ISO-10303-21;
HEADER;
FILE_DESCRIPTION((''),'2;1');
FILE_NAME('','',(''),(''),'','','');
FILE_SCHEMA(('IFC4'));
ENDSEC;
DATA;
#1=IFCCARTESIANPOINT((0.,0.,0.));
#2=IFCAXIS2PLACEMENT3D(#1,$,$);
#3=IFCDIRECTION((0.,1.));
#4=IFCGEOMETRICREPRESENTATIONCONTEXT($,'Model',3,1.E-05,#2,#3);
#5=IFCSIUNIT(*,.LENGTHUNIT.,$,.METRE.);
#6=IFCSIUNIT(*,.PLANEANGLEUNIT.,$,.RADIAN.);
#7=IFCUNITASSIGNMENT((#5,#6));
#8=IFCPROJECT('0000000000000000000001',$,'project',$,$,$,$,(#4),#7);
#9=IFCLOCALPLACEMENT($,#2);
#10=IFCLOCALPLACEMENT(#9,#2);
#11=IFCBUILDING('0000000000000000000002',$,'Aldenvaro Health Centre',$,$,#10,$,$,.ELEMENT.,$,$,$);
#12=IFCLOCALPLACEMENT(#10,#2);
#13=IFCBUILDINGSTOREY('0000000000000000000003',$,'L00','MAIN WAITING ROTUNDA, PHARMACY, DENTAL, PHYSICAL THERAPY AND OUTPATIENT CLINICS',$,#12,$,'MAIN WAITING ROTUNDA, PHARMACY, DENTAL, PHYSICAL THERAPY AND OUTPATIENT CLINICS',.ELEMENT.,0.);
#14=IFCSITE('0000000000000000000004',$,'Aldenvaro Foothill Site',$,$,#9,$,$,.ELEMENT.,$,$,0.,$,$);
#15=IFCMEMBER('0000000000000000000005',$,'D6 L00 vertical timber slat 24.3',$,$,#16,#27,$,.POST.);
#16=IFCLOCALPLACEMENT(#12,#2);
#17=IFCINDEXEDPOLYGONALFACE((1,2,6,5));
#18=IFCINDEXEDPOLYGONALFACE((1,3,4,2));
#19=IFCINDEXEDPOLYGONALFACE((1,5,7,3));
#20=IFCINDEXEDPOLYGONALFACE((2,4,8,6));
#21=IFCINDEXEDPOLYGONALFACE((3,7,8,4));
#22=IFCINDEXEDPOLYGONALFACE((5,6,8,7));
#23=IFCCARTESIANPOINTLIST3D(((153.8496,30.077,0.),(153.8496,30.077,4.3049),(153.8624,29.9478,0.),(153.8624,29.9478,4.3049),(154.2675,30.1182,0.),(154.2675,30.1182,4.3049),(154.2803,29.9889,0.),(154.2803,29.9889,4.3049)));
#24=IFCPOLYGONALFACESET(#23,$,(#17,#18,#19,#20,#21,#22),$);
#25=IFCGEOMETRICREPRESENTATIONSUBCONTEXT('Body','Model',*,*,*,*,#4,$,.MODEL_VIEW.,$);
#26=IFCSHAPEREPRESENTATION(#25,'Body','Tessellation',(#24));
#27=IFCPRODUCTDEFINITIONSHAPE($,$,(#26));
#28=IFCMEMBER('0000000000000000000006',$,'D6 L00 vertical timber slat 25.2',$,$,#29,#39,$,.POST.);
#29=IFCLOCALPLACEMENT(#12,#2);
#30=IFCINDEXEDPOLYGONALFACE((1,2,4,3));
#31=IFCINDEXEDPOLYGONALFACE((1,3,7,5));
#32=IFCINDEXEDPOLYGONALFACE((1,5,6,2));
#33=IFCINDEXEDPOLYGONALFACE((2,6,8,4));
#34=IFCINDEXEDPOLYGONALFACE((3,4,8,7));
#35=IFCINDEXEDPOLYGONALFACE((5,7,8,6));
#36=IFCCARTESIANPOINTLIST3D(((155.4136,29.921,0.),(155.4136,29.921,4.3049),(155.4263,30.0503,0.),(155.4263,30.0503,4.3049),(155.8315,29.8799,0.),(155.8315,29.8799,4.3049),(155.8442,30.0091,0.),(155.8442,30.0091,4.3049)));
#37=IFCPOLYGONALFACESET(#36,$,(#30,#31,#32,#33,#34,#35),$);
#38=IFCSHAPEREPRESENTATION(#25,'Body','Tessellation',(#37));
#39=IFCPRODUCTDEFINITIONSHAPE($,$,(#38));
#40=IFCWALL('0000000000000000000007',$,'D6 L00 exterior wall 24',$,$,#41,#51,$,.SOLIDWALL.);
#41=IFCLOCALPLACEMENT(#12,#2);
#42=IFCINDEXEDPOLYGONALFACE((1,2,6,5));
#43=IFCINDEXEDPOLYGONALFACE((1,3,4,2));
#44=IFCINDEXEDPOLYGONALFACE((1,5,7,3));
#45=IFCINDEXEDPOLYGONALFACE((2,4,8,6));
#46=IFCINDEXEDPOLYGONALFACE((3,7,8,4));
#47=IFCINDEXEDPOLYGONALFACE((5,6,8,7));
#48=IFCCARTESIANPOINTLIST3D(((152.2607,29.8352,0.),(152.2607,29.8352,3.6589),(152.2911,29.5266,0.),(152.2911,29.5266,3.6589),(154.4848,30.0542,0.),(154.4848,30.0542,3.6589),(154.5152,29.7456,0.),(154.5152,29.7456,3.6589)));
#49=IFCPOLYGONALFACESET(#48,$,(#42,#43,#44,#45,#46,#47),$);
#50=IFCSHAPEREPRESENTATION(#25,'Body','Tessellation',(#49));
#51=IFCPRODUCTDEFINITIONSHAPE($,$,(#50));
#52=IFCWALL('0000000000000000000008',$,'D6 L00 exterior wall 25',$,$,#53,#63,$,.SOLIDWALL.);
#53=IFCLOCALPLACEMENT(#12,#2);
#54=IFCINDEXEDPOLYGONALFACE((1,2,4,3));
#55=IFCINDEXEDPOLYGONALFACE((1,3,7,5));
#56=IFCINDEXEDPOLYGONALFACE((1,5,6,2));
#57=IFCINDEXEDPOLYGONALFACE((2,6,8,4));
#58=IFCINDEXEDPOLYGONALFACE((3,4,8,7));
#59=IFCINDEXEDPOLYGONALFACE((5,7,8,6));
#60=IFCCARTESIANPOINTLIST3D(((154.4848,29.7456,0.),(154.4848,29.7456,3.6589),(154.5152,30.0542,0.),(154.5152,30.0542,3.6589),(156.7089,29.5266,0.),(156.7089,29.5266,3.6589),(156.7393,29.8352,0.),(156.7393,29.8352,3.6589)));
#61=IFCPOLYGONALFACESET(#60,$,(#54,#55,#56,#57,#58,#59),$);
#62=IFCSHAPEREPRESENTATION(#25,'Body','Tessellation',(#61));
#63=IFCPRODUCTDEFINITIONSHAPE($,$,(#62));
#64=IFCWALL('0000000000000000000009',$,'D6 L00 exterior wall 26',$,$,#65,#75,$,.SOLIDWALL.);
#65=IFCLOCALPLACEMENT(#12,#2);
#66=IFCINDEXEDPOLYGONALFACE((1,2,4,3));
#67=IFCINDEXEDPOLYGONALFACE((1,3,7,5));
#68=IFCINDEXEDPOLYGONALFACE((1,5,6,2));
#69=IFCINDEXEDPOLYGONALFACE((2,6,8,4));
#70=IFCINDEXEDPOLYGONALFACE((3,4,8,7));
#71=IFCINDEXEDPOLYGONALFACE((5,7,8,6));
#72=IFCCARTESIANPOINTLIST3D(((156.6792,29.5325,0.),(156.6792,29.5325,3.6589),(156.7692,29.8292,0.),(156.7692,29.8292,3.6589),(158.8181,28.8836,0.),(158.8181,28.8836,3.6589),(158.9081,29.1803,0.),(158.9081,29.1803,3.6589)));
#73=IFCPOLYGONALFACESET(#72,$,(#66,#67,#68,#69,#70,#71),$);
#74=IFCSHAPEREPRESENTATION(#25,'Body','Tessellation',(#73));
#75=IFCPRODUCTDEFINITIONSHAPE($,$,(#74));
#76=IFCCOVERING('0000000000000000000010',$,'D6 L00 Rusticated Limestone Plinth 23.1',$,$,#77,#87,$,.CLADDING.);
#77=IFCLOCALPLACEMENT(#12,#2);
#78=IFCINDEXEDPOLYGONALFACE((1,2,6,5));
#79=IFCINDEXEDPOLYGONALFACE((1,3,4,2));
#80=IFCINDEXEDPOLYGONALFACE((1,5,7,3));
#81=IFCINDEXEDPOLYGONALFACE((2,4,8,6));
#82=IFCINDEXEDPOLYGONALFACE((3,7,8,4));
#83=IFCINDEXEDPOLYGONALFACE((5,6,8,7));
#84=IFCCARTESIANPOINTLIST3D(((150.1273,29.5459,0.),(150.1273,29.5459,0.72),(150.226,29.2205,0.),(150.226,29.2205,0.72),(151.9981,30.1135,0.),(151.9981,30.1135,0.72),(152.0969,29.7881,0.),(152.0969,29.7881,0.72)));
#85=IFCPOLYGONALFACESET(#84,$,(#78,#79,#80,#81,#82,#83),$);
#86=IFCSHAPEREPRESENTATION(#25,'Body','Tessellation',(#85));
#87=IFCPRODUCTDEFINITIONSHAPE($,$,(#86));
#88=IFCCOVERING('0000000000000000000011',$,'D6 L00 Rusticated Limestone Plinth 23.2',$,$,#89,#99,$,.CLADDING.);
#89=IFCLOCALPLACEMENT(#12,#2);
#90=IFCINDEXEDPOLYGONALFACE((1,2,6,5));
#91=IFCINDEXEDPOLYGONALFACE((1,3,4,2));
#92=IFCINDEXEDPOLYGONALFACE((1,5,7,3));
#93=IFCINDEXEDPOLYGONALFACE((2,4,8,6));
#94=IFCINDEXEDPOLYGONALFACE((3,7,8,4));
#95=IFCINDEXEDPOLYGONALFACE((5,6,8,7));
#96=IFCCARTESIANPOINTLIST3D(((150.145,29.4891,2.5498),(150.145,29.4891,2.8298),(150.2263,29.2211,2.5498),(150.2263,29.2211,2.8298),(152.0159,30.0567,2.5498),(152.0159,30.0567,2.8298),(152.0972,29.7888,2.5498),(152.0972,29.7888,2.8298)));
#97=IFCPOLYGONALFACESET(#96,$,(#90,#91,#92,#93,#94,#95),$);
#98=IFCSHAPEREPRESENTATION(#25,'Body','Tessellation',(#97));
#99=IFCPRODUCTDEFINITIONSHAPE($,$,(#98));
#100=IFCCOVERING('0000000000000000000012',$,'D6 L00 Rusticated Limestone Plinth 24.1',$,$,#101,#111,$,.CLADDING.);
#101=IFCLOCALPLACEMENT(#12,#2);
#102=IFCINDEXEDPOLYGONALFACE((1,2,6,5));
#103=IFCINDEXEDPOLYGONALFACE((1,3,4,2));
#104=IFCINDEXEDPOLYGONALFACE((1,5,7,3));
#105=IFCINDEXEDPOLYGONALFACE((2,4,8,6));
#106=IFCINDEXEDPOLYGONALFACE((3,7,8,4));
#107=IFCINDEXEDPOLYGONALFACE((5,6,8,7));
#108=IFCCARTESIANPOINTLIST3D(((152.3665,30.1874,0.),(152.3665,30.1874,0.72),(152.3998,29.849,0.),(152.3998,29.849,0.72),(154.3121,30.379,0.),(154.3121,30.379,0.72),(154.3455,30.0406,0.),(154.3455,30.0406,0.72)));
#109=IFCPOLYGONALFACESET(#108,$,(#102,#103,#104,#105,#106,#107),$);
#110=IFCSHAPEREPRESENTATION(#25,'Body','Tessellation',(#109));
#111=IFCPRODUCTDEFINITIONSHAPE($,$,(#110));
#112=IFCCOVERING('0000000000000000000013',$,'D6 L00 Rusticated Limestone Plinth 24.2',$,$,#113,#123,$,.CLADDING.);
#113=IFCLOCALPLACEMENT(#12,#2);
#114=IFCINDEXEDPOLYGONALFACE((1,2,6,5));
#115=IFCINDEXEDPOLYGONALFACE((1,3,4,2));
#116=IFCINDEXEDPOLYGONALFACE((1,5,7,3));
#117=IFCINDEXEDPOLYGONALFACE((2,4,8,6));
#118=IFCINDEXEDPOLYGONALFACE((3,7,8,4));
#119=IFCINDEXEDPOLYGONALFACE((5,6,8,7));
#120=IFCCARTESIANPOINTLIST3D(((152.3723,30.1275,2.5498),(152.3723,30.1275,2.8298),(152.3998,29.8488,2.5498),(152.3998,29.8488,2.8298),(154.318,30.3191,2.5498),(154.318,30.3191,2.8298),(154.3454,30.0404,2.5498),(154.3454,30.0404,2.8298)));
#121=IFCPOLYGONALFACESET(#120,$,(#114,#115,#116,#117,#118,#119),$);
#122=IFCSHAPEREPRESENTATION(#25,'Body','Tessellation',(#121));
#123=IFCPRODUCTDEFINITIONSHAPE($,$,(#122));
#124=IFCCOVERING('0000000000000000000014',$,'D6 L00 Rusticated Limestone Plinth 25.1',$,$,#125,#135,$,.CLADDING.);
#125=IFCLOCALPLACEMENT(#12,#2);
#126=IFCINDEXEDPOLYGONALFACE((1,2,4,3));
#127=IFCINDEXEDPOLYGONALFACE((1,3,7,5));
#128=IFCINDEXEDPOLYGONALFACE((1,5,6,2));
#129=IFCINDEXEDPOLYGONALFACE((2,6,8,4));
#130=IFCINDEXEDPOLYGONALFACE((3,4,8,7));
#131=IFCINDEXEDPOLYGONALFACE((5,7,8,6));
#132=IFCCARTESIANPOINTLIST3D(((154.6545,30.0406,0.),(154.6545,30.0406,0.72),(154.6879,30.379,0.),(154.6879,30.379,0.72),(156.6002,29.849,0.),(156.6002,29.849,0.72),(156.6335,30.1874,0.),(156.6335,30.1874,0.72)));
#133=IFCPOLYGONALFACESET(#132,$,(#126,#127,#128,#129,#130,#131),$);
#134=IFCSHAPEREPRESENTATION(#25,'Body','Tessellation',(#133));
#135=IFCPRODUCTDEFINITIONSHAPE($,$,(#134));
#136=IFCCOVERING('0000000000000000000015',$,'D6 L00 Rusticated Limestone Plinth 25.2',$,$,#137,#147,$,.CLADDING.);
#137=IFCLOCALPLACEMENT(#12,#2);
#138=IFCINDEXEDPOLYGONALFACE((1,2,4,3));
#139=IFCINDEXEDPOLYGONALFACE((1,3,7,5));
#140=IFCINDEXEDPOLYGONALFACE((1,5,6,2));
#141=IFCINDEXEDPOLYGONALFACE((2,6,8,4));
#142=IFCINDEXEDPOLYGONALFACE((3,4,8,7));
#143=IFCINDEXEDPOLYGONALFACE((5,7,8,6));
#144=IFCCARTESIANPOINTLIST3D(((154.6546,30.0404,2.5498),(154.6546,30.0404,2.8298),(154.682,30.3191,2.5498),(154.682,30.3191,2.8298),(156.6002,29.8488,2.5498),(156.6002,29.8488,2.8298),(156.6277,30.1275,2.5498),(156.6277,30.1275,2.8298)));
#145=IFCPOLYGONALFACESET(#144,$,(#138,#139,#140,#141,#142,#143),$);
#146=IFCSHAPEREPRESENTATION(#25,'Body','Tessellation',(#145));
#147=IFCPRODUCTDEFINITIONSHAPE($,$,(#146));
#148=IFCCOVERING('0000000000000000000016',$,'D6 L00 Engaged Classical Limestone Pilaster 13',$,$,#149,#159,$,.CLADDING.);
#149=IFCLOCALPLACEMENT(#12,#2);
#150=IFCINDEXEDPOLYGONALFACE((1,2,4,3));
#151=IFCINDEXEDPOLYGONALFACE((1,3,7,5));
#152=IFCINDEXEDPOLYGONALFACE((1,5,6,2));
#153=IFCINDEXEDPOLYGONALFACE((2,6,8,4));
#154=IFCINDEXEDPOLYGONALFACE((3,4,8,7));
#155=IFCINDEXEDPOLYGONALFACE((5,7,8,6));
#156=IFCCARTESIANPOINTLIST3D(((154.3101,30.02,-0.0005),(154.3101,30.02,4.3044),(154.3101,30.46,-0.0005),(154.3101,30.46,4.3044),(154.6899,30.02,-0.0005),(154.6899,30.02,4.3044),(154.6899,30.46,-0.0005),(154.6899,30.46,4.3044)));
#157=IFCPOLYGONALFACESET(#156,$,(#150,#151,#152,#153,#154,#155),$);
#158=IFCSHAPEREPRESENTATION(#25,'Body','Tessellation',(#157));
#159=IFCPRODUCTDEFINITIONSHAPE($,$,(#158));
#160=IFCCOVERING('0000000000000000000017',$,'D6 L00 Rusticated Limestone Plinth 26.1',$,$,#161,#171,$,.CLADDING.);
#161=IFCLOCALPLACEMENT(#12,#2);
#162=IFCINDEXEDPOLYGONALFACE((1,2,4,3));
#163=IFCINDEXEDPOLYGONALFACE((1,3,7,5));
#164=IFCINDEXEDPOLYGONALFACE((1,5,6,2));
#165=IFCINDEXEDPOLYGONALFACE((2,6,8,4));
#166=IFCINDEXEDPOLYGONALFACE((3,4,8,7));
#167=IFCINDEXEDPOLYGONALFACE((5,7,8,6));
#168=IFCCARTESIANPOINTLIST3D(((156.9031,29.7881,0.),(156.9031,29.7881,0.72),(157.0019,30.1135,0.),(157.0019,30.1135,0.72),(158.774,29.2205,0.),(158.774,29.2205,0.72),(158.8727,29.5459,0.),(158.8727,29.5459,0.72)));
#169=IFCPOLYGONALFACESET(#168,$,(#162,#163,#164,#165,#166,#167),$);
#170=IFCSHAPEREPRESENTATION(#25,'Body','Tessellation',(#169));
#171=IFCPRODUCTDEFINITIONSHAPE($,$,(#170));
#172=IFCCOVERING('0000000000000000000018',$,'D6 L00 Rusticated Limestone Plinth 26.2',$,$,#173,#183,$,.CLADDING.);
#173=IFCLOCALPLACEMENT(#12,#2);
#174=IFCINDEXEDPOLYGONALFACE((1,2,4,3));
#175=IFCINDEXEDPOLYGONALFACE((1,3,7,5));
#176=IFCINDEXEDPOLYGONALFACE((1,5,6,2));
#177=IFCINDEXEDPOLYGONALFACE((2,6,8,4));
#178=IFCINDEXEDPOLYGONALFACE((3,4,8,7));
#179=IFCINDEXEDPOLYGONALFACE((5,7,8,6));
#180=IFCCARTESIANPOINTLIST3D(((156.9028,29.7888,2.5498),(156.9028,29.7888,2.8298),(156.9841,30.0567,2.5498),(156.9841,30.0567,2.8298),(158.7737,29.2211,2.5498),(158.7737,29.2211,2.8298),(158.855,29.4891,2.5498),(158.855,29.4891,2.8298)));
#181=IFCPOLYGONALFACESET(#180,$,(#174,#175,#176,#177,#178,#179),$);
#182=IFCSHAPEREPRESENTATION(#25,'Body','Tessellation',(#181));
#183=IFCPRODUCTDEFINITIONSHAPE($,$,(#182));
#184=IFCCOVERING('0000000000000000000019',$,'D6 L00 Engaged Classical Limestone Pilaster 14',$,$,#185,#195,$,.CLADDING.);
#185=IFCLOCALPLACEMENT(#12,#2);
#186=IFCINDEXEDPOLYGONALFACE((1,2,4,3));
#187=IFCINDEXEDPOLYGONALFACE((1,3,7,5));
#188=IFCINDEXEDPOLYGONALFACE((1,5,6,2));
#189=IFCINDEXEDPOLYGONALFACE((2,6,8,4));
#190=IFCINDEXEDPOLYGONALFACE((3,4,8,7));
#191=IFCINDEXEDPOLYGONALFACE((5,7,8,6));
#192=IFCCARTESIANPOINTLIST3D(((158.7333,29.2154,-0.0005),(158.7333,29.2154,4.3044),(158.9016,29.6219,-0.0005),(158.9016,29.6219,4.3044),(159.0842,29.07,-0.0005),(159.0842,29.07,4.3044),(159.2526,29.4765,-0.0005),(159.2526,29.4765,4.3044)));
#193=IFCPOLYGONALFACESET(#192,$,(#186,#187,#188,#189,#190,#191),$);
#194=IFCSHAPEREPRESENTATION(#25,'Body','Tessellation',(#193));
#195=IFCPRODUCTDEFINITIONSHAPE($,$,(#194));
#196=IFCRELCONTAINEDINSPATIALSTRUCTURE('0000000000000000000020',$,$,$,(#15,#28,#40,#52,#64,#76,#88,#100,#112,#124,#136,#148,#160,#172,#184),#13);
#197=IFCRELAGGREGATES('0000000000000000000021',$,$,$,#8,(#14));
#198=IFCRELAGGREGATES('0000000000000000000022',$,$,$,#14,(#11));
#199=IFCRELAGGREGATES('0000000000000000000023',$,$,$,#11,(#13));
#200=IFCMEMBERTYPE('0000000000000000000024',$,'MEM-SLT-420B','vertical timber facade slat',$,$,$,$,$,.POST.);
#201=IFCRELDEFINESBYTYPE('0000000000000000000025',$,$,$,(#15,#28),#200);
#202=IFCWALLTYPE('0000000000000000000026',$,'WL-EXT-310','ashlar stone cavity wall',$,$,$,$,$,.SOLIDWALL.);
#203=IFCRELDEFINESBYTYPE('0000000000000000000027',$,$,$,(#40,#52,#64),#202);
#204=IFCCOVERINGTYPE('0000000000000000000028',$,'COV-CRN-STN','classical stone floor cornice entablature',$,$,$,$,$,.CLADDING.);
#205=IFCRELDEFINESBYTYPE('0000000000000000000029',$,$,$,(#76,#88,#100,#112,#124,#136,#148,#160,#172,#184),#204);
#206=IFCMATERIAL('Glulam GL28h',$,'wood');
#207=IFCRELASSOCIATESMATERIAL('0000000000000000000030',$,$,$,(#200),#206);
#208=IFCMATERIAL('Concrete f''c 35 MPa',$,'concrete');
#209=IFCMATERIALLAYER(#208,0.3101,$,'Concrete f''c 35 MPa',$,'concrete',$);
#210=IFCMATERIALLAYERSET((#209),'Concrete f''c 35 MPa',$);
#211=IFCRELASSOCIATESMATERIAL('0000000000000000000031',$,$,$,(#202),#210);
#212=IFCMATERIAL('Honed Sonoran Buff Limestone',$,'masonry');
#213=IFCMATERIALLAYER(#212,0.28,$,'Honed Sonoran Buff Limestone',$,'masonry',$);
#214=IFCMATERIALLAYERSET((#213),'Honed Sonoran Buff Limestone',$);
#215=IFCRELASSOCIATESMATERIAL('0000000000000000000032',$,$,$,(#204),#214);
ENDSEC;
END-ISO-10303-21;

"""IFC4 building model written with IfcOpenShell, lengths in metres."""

from ifc_helpers import new_model, si_unit, direction, frame, frame_2d, origin, origin_2d, place, context, subcontext, project, spatial, rectangle, extrude, material, layer, layer_set, material_profile, profile_set, type_object, element, save


model = new_model("IFC4")

# Units and contexts
model_context = context("Model", 3, precision=1e-05, world=origin(), true_north=direction((0.0, 1.0)))
body_context = subcontext(model_context, "Body", "Model", "MODEL_VIEW")
ifc_project = project(units=[si_unit("LENGTHUNIT", "METRE"), si_unit("PLANEANGLEUNIT", "RADIAN")], contexts=[model_context])

# Site, building, storey
site_placement = place(None, origin())
site = spatial("IfcSite", under=ifc_project, at=site_placement, Name="Aldenvaro Foothill Site", CompositionType="ELEMENT", RefElevation=0.0)
building_placement = place(site_placement, origin())
building = spatial("IfcBuilding", under=site, at=building_placement, Name="Aldenvaro Health Centre", CompositionType="ELEMENT")
storey_placement = place(building_placement, origin())
storey = spatial("IfcBuildingStorey", under=building, at=storey_placement, Name="L00", Description="MAIN WAITING ROTUNDA, PHARMACY, DENTAL, PHYSICAL THERAPY AND OUTPATIENT CLINICS", LongName="MAIN WAITING ROTUNDA, PHARMACY, DENTAL, PHYSICAL THERAPY AND OUTPATIENT CLINICS", CompositionType="ELEMENT", Elevation=0.0)

# Shared definitions
ifc_material_1 = material(Name="Glulam GL28h", Category="wood")

# Members
ifc_material_profile_1 = material_profile(ifc_material_1, rectangle(XDim=0.1299, YDim=0.4199, at=origin_2d()), Name="GL 130x420", Category="wood")
ifc_profile_set_1 = profile_set([ifc_material_profile_1], Name="Glulam GL28h")
member_type_1 = type_object("IfcMemberType", Name="MEM-SLT-420B", Description="vertical timber facade slat", PredefinedType="POST", material=ifc_profile_set_1)
for number, where, z_axis, x_axis, name in (
    (1, (154.0649, 30.033, 0.0), (0.0, 0.0, 1.0), (-0.097997, 0.995187, 0.0), "D6 L00 vertical timber slat 24.3"),
    (2, (155.6289, 29.9651, 0.0), (0.0, 0.0, 1.0), (0.097997, 0.995187, 0.0), "D6 L00 vertical timber slat 25.2"),
):
    element("IfcMember", number, at=place(storey_placement, frame(where, z_axis=z_axis, x_axis=x_axis)), inside=storey, type_object=member_type_1, Name=name, PredefinedType="POST", context=body_context, shape_type="SweptSolid", body=[
        extrude(rectangle(XDim=0.1299, YDim=0.4199, at=origin_2d()), origin(), (0.0, 0.0, 1.0), 4.3049),
    ])

# Walls
ifc_material_2 = material(Name="Concrete f'c 35 MPa", Category="concrete")
ifc_layer_1 = layer(ifc_material_2, 0.3101, Name="Concrete f'c 35 MPa", Category="concrete")
ifc_layer_set_1 = layer_set([ifc_layer_1], Name="Concrete f'c 35 MPa")
wall_type = type_object("IfcWallType", Name="WL-EXT-310", Description="ashlar stone cavity wall", PredefinedType="SOLIDWALL", material=ifc_layer_set_1)
for number, where, z_axis, x_axis, name in (
    (3, (152.2759, 29.6809, 0.0), (0.0, 0.0, 1.0), (0.995187, 0.097989, 0.0), "D6 L00 exterior wall 24"),
    (4, (154.5, 29.8999, 0.0), (0.0, 0.0, 1.0), (0.995187, -0.097989, 0.0), "D6 L00 exterior wall 25"),
):
    element("IfcWall", number, at=place(storey_placement, frame(where, z_axis=z_axis, x_axis=x_axis)), inside=storey, type_object=wall_type, Name=name, PredefinedType="SOLIDWALL", context=body_context, shape_type="SweptSolid", body=[
        extrude(rectangle(XDim=2.2349, YDim=0.3101, at=frame_2d((1.1174, 0.0))), origin(), (0.0, 0.0, 1.0), 3.6589),
    ])
wall_placement = place(storey_placement, frame((156.7241, 29.6809, 0.0), z_axis=(0.0, 0.0, 1.0), x_axis=(0.956929, -0.290323, 0.0)))
element("IfcWall", 5, at=wall_placement, inside=storey, type_object=wall_type, Name="D6 L00 exterior wall 26", PredefinedType="SOLIDWALL", context=body_context, shape_type="SweptSolid", body=[
    extrude(rectangle(XDim=2.2351, YDim=0.3101, at=frame_2d((1.1177, 0.0))), origin(), (0.0, 0.0, 1.0), 3.6589),
])

# Coverings
ifc_material_3 = material(Name="Honed Sonoran Buff Limestone", Category="masonry")
ifc_layer_2 = layer(ifc_material_3, 0.28, Name="Honed Sonoran Buff Limestone", Category="masonry")
ifc_layer_set_2 = layer_set([ifc_layer_2], Name="Honed Sonoran Buff Limestone")
covering_type = type_object("IfcCoveringType", Name="COV-CRN-STN", Description="classical stone floor cornice entablature", PredefinedType="CLADDING", material=ifc_layer_set_2)
covering_1_placement = place(storey_placement, frame((151.1121, 29.667, 0.0), z_axis=(0.0, 0.0, 1.0), x_axis=(0.956923, 0.290343, 0.0)))
element("IfcCovering", 6, at=covering_1_placement, inside=storey, type_object=covering_type, Name="D6 L00 Rusticated Limestone Plinth 23.1", PredefinedType="CLADDING", context=body_context, shape_type="SweptSolid", body=[
    extrude(rectangle(XDim=1.9551, YDim=0.3401, at=origin_2d()), origin(), (0.0, 0.0, 1.0), 0.72),
])
covering_2_placement = place(storey_placement, frame((151.1211, 29.6389, 2.5498), z_axis=(0.0, 0.0, 1.0), x_axis=(0.956923, 0.290343, 0.0)))
element("IfcCovering", 7, at=covering_2_placement, inside=storey, type_object=covering_type, Name="D6 L00 Rusticated Limestone Plinth 23.2", PredefinedType="CLADDING", context=body_context, shape_type="SweptSolid", body=[
    extrude(rectangle(XDim=1.9551, YDim=0.28, at=origin_2d()), origin(), (0.0, 0.0, 1.0), 0.28),
])
covering_3_placement = place(storey_placement, frame((153.356, 30.114, 0.0), z_axis=(0.0, 0.0, 1.0), x_axis=(0.995187, 0.097997, 0.0)))
element("IfcCovering", 8, at=covering_3_placement, inside=storey, type_object=covering_type, Name="D6 L00 Rusticated Limestone Plinth 24.1", PredefinedType="CLADDING", context=body_context, shape_type="SweptSolid", body=[
    extrude(rectangle(XDim=1.9551, YDim=0.3401, at=origin_2d()), origin(), (0.0, 0.0, 1.0), 0.72),
])
covering_4_placement = place(storey_placement, frame((153.3589, 30.084, 2.5498), z_axis=(0.0, 0.0, 1.0), x_axis=(0.995187, 0.097997, 0.0)))
element("IfcCovering", 9, at=covering_4_placement, inside=storey, type_object=covering_type, Name="D6 L00 Rusticated Limestone Plinth 24.2", PredefinedType="CLADDING", context=body_context, shape_type="SweptSolid", body=[
    extrude(rectangle(XDim=1.9551, YDim=0.28, at=origin_2d()), origin(), (0.0, 0.0, 1.0), 0.28),
])
covering_5_placement = place(storey_placement, frame((155.644, 30.114, 0.0), z_axis=(0.0, 0.0, 1.0), x_axis=(0.995187, -0.097997, 0.0)))
element("IfcCovering", 10, at=covering_5_placement, inside=storey, type_object=covering_type, Name="D6 L00 Rusticated Limestone Plinth 25.1", PredefinedType="CLADDING", context=body_context, shape_type="SweptSolid", body=[
    extrude(rectangle(XDim=1.9551, YDim=0.3401, at=origin_2d()), origin(), (0.0, 0.0, 1.0), 0.72),
])
covering_6_placement = place(storey_placement, frame((155.6411, 30.084, 2.5498), z_axis=(0.0, 0.0, 1.0), x_axis=(0.995187, -0.097997, 0.0)))
element("IfcCovering", 11, at=covering_6_placement, inside=storey, type_object=covering_type, Name="D6 L00 Rusticated Limestone Plinth 25.2", PredefinedType="CLADDING", context=body_context, shape_type="SweptSolid", body=[
    extrude(rectangle(XDim=1.9551, YDim=0.28, at=origin_2d()), origin(), (0.0, 0.0, 1.0), 0.28),
])
covering_7_placement = place(storey_placement, frame((154.5, 30.24, -0.0005), z_axis=(0.0, 0.0, 1.0), x_axis=(0.0, 1.0, 0.0)))
element("IfcCovering", 12, at=covering_7_placement, inside=storey, type_object=covering_type, Name="D6 L00 Engaged Classical Limestone Pilaster 13", PredefinedType="CLADDING", context=body_context, shape_type="SweptSolid", body=[
    extrude(rectangle(XDim=0.4399, YDim=0.3799, at=origin_2d()), origin(), (0.0, 0.0, 1.0), 4.3049),
])
covering_8_placement = place(storey_placement, frame((157.8879, 29.667, 0.0), z_axis=(0.0, 0.0, 1.0), x_axis=(0.956923, -0.290343, 0.0)))
element("IfcCovering", 13, at=covering_8_placement, inside=storey, type_object=covering_type, Name="D6 L00 Rusticated Limestone Plinth 26.1", PredefinedType="CLADDING", context=body_context, shape_type="SweptSolid", body=[
    extrude(rectangle(XDim=1.9551, YDim=0.3401, at=origin_2d()), origin(), (0.0, 0.0, 1.0), 0.72),
])
covering_9_placement = place(storey_placement, frame((157.8789, 29.6389, 2.5498), z_axis=(0.0, 0.0, 1.0), x_axis=(0.956923, -0.290343, 0.0)))
element("IfcCovering", 14, at=covering_9_placement, inside=storey, type_object=covering_type, Name="D6 L00 Rusticated Limestone Plinth 26.2", PredefinedType="CLADDING", context=body_context, shape_type="SweptSolid", body=[
    extrude(rectangle(XDim=1.9551, YDim=0.28, at=origin_2d()), origin(), (0.0, 0.0, 1.0), 0.28),
])
covering_10_placement = place(storey_placement, frame((158.9929, 29.3459, -0.0005), z_axis=(0.0, 0.0, 1.0), x_axis=(0.382721, 0.923864, 0.0)))
element("IfcCovering", 15, at=covering_10_placement, inside=storey, type_object=covering_type, Name="D6 L00 Engaged Classical Limestone Pilaster 14", PredefinedType="CLADDING", context=body_context, shape_type="SweptSolid", body=[
    extrude(rectangle(XDim=0.4399, YDim=0.3799, at=origin_2d()), origin(), (0.0, 0.0, 1.0), 4.3049),
])

save(model, "model.ifc")
